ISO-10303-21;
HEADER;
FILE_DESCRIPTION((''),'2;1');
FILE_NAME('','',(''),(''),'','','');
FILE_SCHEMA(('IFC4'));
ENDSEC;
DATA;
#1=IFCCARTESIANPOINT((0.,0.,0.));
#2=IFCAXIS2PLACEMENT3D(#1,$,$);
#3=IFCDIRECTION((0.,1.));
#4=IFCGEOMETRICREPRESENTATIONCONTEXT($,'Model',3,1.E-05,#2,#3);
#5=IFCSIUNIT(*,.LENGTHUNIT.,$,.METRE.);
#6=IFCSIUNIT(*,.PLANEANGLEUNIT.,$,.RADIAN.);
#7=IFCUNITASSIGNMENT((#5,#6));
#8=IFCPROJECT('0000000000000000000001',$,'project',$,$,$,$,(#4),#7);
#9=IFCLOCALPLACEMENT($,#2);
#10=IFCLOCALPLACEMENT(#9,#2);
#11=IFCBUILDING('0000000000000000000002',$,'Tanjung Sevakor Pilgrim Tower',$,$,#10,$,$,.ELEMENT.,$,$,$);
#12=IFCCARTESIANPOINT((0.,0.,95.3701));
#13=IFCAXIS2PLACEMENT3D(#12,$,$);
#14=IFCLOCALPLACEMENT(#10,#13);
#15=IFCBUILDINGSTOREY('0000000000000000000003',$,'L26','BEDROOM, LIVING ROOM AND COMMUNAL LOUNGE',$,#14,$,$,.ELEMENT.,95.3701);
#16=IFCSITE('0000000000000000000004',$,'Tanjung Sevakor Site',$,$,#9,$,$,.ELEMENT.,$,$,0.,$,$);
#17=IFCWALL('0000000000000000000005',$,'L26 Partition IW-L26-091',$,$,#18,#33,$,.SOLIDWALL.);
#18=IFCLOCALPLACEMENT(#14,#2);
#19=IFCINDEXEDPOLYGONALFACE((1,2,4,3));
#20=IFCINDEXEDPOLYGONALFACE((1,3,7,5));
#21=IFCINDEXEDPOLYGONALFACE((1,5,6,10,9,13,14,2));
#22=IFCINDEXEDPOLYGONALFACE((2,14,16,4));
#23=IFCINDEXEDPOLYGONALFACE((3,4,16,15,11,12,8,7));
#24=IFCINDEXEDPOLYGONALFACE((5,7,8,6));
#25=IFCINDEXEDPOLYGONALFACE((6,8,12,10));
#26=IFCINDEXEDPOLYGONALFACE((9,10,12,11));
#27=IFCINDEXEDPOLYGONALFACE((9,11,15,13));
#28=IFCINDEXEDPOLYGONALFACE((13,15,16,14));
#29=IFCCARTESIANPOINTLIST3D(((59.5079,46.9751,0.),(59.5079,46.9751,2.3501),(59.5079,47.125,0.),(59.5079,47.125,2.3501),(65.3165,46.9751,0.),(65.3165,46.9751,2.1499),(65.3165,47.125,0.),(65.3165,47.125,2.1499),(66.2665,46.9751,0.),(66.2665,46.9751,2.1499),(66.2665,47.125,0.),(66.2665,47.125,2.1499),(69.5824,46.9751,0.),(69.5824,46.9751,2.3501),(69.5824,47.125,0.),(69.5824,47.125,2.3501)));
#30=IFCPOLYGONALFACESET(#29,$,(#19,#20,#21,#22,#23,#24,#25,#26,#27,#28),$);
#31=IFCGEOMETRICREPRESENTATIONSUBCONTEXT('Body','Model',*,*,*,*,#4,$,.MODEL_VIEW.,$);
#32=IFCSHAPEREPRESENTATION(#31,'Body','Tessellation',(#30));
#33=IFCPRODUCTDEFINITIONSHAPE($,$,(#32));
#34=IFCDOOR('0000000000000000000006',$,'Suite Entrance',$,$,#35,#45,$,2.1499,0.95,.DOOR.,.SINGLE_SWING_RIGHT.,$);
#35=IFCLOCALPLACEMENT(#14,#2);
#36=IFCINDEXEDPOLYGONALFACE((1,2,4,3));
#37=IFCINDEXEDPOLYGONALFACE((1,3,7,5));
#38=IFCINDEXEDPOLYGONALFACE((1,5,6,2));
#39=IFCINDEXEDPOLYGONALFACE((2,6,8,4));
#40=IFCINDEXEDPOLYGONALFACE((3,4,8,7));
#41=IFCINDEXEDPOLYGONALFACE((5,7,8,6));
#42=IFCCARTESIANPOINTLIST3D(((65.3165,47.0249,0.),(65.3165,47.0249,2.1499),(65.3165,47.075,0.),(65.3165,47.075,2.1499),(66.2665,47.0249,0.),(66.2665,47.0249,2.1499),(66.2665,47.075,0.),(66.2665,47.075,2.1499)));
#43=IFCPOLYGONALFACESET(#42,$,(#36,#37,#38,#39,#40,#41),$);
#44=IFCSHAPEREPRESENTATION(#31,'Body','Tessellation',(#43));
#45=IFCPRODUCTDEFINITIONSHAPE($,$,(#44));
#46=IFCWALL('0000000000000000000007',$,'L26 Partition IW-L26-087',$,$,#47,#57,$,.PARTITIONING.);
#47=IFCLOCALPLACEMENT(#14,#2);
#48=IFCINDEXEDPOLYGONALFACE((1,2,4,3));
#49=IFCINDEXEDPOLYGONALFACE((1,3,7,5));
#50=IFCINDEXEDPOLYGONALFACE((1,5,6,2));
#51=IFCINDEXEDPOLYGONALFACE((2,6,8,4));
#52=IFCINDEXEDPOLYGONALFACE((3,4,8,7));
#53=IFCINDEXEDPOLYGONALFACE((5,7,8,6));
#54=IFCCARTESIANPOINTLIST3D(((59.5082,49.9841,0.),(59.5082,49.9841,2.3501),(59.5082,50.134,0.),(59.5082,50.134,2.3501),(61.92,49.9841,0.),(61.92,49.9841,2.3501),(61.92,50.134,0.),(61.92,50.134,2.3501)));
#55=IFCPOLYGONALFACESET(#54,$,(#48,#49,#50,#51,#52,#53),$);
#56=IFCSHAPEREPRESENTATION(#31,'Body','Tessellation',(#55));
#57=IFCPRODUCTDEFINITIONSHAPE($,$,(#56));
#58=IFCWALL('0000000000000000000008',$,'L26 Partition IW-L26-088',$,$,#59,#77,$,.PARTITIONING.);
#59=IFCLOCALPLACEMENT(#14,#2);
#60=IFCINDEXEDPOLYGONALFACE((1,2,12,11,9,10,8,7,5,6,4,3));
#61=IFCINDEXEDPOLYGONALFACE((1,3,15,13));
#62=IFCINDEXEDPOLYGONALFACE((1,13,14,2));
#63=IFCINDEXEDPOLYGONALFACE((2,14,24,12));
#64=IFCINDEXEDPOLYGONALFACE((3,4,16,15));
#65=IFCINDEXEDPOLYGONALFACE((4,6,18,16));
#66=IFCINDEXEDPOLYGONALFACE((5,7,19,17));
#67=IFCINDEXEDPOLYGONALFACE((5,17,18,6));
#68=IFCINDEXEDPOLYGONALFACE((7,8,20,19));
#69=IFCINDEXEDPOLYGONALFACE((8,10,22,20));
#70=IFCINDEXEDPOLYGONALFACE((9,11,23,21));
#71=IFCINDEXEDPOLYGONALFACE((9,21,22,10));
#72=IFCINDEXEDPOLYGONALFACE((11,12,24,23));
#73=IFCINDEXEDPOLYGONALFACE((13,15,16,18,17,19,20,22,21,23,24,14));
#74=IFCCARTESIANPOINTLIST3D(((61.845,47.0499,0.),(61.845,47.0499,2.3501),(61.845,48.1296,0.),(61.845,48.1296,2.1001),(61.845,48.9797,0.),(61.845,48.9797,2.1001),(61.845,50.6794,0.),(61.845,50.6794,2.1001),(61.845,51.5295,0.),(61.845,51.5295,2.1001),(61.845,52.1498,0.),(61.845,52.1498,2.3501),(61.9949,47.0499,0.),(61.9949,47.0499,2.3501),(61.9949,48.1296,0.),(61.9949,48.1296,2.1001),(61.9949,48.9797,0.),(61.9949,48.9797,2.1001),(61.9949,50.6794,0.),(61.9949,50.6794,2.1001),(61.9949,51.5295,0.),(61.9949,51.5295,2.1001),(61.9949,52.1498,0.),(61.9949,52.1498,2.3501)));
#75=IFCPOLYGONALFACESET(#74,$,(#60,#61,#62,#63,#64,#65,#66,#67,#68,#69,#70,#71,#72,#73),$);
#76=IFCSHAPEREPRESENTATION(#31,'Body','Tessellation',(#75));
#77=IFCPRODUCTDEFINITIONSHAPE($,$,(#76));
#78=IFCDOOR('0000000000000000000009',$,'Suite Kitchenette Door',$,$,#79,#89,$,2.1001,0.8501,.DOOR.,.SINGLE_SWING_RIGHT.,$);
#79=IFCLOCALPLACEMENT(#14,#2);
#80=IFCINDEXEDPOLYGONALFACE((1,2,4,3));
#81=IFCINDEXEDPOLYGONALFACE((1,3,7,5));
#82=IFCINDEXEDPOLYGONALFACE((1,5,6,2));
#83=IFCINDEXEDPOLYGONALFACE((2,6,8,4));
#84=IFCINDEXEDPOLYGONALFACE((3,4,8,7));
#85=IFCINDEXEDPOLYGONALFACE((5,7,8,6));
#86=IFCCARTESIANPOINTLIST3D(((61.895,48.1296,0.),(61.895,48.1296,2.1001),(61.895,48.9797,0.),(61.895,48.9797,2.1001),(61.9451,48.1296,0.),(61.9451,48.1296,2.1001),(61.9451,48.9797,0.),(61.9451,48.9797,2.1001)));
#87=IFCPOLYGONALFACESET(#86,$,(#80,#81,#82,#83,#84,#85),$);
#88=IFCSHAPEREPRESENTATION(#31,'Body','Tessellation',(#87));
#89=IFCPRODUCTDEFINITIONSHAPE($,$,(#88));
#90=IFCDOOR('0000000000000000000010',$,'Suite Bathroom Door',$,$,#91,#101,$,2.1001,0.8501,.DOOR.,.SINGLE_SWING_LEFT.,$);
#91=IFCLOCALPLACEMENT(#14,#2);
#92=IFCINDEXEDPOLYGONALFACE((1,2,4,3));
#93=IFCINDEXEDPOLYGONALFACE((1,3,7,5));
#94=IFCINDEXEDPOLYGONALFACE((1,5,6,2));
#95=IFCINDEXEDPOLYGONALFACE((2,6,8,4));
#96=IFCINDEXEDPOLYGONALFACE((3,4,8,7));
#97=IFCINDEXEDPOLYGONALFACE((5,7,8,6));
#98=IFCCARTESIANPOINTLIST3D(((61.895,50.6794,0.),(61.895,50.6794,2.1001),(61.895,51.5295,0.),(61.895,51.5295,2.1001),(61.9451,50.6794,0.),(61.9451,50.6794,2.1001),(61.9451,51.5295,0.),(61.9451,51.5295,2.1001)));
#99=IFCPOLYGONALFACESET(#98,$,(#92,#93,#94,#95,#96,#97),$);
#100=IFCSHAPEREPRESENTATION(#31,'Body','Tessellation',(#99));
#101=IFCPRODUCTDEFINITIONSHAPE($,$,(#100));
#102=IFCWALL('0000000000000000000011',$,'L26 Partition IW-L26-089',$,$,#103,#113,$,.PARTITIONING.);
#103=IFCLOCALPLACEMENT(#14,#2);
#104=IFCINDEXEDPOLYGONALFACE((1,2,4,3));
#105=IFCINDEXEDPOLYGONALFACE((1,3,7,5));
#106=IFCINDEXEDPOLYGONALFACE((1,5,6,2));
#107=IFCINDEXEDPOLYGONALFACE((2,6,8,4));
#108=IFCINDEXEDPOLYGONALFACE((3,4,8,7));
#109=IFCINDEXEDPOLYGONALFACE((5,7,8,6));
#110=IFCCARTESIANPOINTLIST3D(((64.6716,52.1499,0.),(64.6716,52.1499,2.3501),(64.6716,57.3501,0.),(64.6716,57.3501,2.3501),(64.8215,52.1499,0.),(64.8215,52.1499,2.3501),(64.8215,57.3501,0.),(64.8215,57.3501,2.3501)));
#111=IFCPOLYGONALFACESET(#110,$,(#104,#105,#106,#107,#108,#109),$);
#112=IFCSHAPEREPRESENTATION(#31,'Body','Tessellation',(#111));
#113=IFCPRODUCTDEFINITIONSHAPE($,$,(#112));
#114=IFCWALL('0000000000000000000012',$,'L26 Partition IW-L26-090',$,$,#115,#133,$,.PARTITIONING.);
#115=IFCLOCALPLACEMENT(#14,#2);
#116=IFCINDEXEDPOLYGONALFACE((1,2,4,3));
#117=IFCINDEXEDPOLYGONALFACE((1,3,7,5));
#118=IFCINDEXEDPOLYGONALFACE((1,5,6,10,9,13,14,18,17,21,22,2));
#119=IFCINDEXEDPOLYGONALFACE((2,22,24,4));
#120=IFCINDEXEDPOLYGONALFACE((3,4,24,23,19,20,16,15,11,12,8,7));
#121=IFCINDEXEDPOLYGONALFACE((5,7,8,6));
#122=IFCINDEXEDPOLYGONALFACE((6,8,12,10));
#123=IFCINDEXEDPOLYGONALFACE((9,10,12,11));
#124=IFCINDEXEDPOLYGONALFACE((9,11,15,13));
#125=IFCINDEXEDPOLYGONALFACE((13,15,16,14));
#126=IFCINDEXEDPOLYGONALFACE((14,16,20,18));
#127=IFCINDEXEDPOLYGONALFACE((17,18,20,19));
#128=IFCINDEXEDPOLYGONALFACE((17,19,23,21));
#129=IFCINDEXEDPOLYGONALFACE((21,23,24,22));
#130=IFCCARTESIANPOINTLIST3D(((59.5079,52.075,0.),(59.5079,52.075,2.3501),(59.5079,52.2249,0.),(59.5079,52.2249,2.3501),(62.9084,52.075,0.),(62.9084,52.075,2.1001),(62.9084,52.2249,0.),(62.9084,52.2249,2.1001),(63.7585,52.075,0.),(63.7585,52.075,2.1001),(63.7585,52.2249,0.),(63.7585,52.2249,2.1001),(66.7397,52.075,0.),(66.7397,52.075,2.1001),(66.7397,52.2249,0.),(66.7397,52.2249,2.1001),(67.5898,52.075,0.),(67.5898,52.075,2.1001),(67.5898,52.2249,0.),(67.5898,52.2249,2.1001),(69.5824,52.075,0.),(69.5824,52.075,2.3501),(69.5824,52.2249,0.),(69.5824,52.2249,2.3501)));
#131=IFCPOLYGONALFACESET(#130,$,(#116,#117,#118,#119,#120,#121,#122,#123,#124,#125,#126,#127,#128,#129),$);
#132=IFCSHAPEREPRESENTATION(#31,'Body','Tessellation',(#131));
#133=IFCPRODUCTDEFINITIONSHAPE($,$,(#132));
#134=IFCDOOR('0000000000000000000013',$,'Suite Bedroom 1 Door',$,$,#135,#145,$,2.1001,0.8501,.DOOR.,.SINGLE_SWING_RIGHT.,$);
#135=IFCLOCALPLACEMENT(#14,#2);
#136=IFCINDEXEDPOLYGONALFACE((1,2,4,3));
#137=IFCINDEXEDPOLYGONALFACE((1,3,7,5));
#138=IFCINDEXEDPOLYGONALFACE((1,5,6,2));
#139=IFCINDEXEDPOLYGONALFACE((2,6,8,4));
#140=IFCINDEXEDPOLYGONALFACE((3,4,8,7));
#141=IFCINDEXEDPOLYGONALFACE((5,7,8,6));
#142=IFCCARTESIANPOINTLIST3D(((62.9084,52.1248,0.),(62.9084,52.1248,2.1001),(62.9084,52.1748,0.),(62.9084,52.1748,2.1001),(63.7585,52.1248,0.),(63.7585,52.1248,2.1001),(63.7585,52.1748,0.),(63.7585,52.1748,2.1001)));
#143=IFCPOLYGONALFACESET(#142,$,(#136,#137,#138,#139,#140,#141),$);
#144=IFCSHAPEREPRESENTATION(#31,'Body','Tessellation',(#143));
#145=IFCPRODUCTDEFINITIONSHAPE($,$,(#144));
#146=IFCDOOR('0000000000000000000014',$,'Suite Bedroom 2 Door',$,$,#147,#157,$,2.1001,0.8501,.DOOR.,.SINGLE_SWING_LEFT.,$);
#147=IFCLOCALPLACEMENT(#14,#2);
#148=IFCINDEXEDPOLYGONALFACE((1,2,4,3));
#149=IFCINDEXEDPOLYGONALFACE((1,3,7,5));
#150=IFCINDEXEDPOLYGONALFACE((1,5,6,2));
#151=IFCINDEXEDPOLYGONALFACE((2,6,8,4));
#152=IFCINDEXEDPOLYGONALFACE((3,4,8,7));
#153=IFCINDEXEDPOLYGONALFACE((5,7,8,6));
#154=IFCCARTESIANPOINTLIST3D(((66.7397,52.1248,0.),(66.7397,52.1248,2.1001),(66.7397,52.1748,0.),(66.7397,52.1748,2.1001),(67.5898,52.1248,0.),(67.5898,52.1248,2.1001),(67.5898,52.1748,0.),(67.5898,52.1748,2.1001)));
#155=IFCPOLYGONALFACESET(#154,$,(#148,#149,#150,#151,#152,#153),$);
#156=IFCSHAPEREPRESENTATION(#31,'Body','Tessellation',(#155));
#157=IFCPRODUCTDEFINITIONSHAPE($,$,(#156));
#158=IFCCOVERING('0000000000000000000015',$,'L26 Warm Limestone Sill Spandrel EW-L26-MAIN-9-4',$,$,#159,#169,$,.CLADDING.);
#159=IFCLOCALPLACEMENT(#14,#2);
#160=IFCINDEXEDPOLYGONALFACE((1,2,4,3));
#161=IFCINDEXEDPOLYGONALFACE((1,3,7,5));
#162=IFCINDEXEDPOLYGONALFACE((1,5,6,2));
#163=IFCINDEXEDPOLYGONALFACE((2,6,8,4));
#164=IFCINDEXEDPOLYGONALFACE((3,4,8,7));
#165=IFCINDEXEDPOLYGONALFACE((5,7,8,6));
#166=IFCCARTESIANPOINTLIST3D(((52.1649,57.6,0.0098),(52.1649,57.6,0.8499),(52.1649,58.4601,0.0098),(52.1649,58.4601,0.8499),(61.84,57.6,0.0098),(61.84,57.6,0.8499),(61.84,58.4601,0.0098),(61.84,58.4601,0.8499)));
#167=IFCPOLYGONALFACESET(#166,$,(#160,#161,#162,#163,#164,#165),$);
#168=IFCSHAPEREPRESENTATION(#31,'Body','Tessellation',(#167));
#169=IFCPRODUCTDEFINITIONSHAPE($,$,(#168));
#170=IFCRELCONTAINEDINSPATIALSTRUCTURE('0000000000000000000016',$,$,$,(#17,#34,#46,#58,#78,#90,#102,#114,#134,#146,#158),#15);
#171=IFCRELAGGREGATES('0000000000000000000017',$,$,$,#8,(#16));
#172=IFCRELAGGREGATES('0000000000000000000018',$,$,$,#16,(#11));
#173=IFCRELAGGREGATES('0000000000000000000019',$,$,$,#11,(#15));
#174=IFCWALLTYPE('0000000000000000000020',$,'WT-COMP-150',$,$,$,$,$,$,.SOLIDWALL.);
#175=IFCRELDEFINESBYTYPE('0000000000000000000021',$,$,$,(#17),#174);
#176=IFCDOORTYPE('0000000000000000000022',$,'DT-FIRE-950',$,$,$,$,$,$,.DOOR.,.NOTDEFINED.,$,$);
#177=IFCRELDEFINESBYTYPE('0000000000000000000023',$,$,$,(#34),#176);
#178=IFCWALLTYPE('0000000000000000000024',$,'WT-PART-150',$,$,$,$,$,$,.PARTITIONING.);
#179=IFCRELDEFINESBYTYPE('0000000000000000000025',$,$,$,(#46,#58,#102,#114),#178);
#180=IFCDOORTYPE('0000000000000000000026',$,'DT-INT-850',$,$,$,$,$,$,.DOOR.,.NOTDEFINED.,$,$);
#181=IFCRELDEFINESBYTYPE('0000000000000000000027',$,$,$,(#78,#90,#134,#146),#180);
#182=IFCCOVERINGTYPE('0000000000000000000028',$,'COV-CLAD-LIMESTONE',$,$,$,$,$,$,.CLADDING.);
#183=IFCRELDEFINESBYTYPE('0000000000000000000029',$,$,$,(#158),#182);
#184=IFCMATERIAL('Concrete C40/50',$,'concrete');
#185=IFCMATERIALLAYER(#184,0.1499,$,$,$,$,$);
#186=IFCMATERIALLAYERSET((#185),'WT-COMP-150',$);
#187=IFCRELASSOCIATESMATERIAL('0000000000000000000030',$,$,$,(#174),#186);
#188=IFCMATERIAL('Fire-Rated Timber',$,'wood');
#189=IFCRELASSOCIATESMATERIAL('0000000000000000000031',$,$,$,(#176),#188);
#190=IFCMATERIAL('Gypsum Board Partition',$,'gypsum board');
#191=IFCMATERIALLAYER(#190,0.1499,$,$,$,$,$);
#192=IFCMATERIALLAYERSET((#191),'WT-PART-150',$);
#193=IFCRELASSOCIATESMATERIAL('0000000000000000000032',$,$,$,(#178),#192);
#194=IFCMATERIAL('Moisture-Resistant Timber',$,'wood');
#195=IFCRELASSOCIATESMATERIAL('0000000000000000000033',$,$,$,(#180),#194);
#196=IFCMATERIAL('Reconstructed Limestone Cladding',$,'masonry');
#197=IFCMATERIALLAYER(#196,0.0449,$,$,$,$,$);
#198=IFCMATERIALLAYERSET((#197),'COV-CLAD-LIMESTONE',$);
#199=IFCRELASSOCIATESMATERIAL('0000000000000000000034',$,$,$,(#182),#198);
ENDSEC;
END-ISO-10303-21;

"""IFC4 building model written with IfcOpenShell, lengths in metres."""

from ifc_helpers import new_model, si_unit, direction, frame, frame_2d, origin, origin_2d, place, context, subcontext, project, spatial, rectangle, extrude, material, layer, layer_set, type_object, element, fill, save


model = new_model("IFC4")

# Units and contexts
model_context = context("Model", 3, precision=1e-05, world=origin(), true_north=direction((0.0, 1.0)))
body_context = subcontext(model_context, "Body", "Model", "MODEL_VIEW")
ifc_project = project(units=[si_unit("LENGTHUNIT", "METRE"), si_unit("PLANEANGLEUNIT", "RADIAN")], contexts=[model_context])

# Site, building, storey
site_placement = place(None, origin())
site = spatial("IfcSite", under=ifc_project, at=site_placement, Name="Tanjung Sevakor Site", CompositionType="ELEMENT", RefElevation=0.0)
building_placement = place(site_placement, origin())
building = spatial("IfcBuilding", under=site, at=building_placement, Name="Tanjung Sevakor Pilgrim Tower", CompositionType="ELEMENT")
storey_placement = place(building_placement, frame((0.0, 0.0, 95.3701)))
storey = spatial("IfcBuildingStorey", under=building, at=storey_placement, Name="L26", Description="BEDROOM, LIVING ROOM AND COMMUNAL LOUNGE", CompositionType="ELEMENT", Elevation=95.3701)

# Shared definitions
ifc_material_1 = material(Name="Concrete C40/50", Category="concrete")
ifc_layer_1 = layer(ifc_material_1, 0.1499)
ifc_layer_set_1 = layer_set([ifc_layer_1], Name="WT-COMP-150")
wall_type_1 = type_object("IfcWallType", Name="WT-COMP-150", PredefinedType="SOLIDWALL", material=ifc_layer_set_1)

# Wall, opening, door
wall_1_placement = place(storey_placement, frame((59.5081, 47.05, 0.0), z_axis=(0.0, 0.0, 1.0), x_axis=(1.0, 0.0, 0.0)))
wall_1 = element("IfcWall", 1, at=wall_1_placement, inside=storey, type_object=wall_type_1, Name="L26 Partition IW-L26-091", PredefinedType="SOLIDWALL", context=body_context, shape_type="SweptSolid", body=[
    extrude(rectangle(XDim=10.0745, YDim=0.1499, at=frame_2d((5.0371, 0.0))), origin(), (0.0, 0.0, 1.0), 2.3501),
])
opening_1_placement = place(wall_1_placement, frame((5.8083, 0.0, 0.0)))
opening_1 = element("IfcOpeningElement", 2, at=opening_1_placement, cuts=wall_1, PredefinedType="OPENING", context=body_context, shape_type="SweptSolid", body=[
    extrude(rectangle(XDim=0.95, YDim=2.1499, at=frame_2d((0.4751, 1.075))), frame((0.0, 0.085, 0.0), z_axis=(0.0, -1.0, 0.0), x_axis=(1.0, 0.0, 0.0)), (0.0, 0.0, 1.0), 0.1699),
])
ifc_material_2 = material(Name="Fire-Rated Timber", Category="wood")
door_type_1 = type_object("IfcDoorType", Name="DT-FIRE-950", OperationType="NOTDEFINED", PredefinedType="DOOR", material=ifc_material_2)
door_1_placement = place(opening_1_placement, origin())
door_1 = element("IfcDoor", 3, at=door_1_placement, inside=storey, type_object=door_type_1, Name="Suite Entrance", OperationType="SINGLE_SWING_RIGHT", OverallHeight=2.1499, OverallWidth=0.95, PredefinedType="DOOR", context=body_context, shape_type="SweptSolid", body=[
    extrude(rectangle(XDim=0.95, YDim=2.1499, at=frame_2d((0.4751, 1.075))), frame((0.0, 0.0249, 0.0), z_axis=(0.0, -1.0, 0.0), x_axis=(1.0, 0.0, 0.0)), (0.0, 0.0, 1.0), 0.05),
])
fill(opening_1, door_1)

# Wall
ifc_material_3 = material(Name="Gypsum Board Partition", Category="gypsum board")
ifc_layer_2 = layer(ifc_material_3, 0.1499)
ifc_layer_set_2 = layer_set([ifc_layer_2], Name="WT-PART-150")
wall_type_2 = type_object("IfcWallType", Name="WT-PART-150", PredefinedType="PARTITIONING", material=ifc_layer_set_2)
wall_2_placement = place(storey_placement, frame((59.5081, 50.0591, 0.0), z_axis=(0.0, 0.0, 1.0), x_axis=(1.0, 0.0, 0.0)))
element("IfcWall", 4, at=wall_2_placement, inside=storey, type_object=wall_type_2, Name="L26 Partition IW-L26-087", PredefinedType="PARTITIONING", context=body_context, shape_type="SweptSolid", body=[
    extrude(rectangle(XDim=2.4119, YDim=0.1499, at=frame_2d((1.2061, 0.0))), origin(), (0.0, 0.0, 1.0), 2.3501),
])

# Wall, openings, doors
wall_3_placement = place(storey_placement, frame((61.9199, 47.05, 0.0), z_axis=(0.0, 0.0, 1.0), x_axis=(0.0, 1.0, 0.0)))
wall_3 = element("IfcWall", 5, at=wall_3_placement, inside=storey, type_object=wall_type_2, Name="L26 Partition IW-L26-088", PredefinedType="PARTITIONING", context=body_context, shape_type="SweptSolid", body=[
    extrude(rectangle(XDim=5.0999, YDim=0.1499, at=frame_2d((2.5498, 0.0))), origin(), (0.0, 0.0, 1.0), 2.3501),
])
opening_2_placement = place(wall_3_placement, frame((1.0796, 0.0, 0.0)))
opening_2 = element("IfcOpeningElement", 6, at=opening_2_placement, cuts=wall_3, PredefinedType="OPENING", context=body_context, shape_type="SweptSolid", body=[
    extrude(rectangle(XDim=0.8501, YDim=2.1001, at=frame_2d((0.425, 1.05))), frame((0.0, 0.085, 0.0), z_axis=(0.0, -1.0, 0.0), x_axis=(1.0, 0.0, 0.0)), (0.0, 0.0, 1.0), 0.1699),
])
opening_3_placement = place(wall_3_placement, frame((3.6294, 0.0, 0.0)))
opening_3 = element("IfcOpeningElement", 7, at=opening_3_placement, cuts=wall_3, PredefinedType="OPENING", context=body_context, shape_type="SweptSolid", body=[
    extrude(rectangle(XDim=0.8501, YDim=2.1001, at=frame_2d((0.425, 1.05))), frame((0.0, 0.085, 0.0), z_axis=(0.0, -1.0, 0.0), x_axis=(1.0, 0.0, 0.0)), (0.0, 0.0, 1.0), 0.1699),
])
ifc_material_4 = material(Name="Moisture-Resistant Timber", Category="wood")
door_type_2 = type_object("IfcDoorType", Name="DT-INT-850", OperationType="NOTDEFINED", PredefinedType="DOOR", material=ifc_material_4)
door_2_placement = place(opening_2_placement, origin())
door_2 = element("IfcDoor", 8, at=door_2_placement, inside=storey, type_object=door_type_2, Name="Suite Kitchenette Door", OperationType="SINGLE_SWING_RIGHT", OverallHeight=2.1001, OverallWidth=0.8501, PredefinedType="DOOR", context=body_context, shape_type="SweptSolid", body=[
    extrude(rectangle(XDim=0.8501, YDim=2.1001, at=frame_2d((0.425, 1.05))), frame((0.0, 0.0249, 0.0), z_axis=(0.0, -1.0, 0.0), x_axis=(1.0, 0.0, 0.0)), (0.0, 0.0, 1.0), 0.05),
])
fill(opening_2, door_2)
door_3_placement = place(opening_3_placement, origin())
door_3 = element("IfcDoor", 9, at=door_3_placement, inside=storey, type_object=door_type_2, Name="Suite Bathroom Door", OperationType="SINGLE_SWING_LEFT", OverallHeight=2.1001, OverallWidth=0.8501, PredefinedType="DOOR", context=body_context, shape_type="SweptSolid", body=[
    extrude(rectangle(XDim=0.8501, YDim=2.1001, at=frame_2d((0.425, 1.05))), frame((0.0, 0.0249, 0.0), z_axis=(0.0, -1.0, 0.0), x_axis=(1.0, 0.0, 0.0)), (0.0, 0.0, 1.0), 0.05),
])
fill(opening_3, door_3)

# Wall
wall_4_placement = place(storey_placement, frame((64.7466, 52.1499, 0.0), z_axis=(0.0, 0.0, 1.0), x_axis=(0.0, 1.0, 0.0)))
element("IfcWall", 10, at=wall_4_placement, inside=storey, type_object=wall_type_2, Name="L26 Partition IW-L26-089", PredefinedType="PARTITIONING", context=body_context, shape_type="SweptSolid", body=[
    extrude(rectangle(XDim=5.2002, YDim=0.1499, at=frame_2d((2.6001, 0.0))), origin(), (0.0, 0.0, 1.0), 2.3501),
])

# Wall, openings, doors
wall_5_placement = place(storey_placement, frame((59.5081, 52.1499, 0.0), z_axis=(0.0, 0.0, 1.0), x_axis=(1.0, 0.0, 0.0)))
wall_5 = element("IfcWall", 11, at=wall_5_placement, inside=storey, type_object=wall_type_2, Name="L26 Partition IW-L26-090", PredefinedType="PARTITIONING", context=body_context, shape_type="SweptSolid", body=[
    extrude(rectangle(XDim=10.0745, YDim=0.1499, at=frame_2d((5.0371, 0.0))), origin(), (0.0, 0.0, 1.0), 2.3501),
])
opening_4_placement = place(wall_5_placement, frame((3.4004, 0.0, 0.0)))
opening_4 = element("IfcOpeningElement", 12, at=opening_4_placement, cuts=wall_5, PredefinedType="OPENING", context=body_context, shape_type="SweptSolid", body=[
    extrude(rectangle(XDim=0.8501, YDim=2.1001, at=frame_2d((0.425, 1.05))), frame((0.0, 0.085, 0.0), z_axis=(0.0, -1.0, 0.0), x_axis=(1.0, 0.0, 0.0)), (0.0, 0.0, 1.0), 0.1699),
])
opening_5_placement = place(wall_5_placement, frame((7.2317, 0.0, 0.0)))
opening_5 = element("IfcOpeningElement", 13, at=opening_5_placement, cuts=wall_5, PredefinedType="OPENING", context=body_context, shape_type="SweptSolid", body=[
    extrude(rectangle(XDim=0.8501, YDim=2.1001, at=frame_2d((0.425, 1.05))), frame((0.0, 0.085, 0.0), z_axis=(0.0, -1.0, 0.0), x_axis=(1.0, 0.0, 0.0)), (0.0, 0.0, 1.0), 0.1699),
])
door_4_placement = place(opening_4_placement, origin())
door_4 = element("IfcDoor", 14, at=door_4_placement, inside=storey, type_object=door_type_2, Name="Suite Bedroom 1 Door", OperationType="SINGLE_SWING_RIGHT", OverallHeight=2.1001, OverallWidth=0.8501, PredefinedType="DOOR", context=body_context, shape_type="SweptSolid", body=[
    extrude(rectangle(XDim=0.8501, YDim=2.1001, at=frame_2d((0.425, 1.05))), frame((0.0, 0.0249, 0.0), z_axis=(0.0, -1.0, 0.0), x_axis=(1.0, 0.0, 0.0)), (0.0, 0.0, 1.0), 0.05),
])
fill(opening_4, door_4)
door_5_placement = place(opening_5_placement, origin())
door_5 = element("IfcDoor", 15, at=door_5_placement, inside=storey, type_object=door_type_2, Name="Suite Bedroom 2 Door", OperationType="SINGLE_SWING_LEFT", OverallHeight=2.1001, OverallWidth=0.8501, PredefinedType="DOOR", context=body_context, shape_type="SweptSolid", body=[
    extrude(rectangle(XDim=0.8501, YDim=2.1001, at=frame_2d((0.425, 1.05))), frame((0.0, 0.0249, 0.0), z_axis=(0.0, -1.0, 0.0), x_axis=(1.0, 0.0, 0.0)), (0.0, 0.0, 1.0), 0.05),
])
fill(opening_5, door_5)

# Covering
ifc_material_5 = material(Name="Reconstructed Limestone Cladding", Category="masonry")
ifc_layer_3 = layer(ifc_material_5, 0.0449)
ifc_layer_set_3 = layer_set([ifc_layer_3], Name="COV-CLAD-LIMESTONE")
covering_type = type_object("IfcCoveringType", Name="COV-CLAD-LIMESTONE", PredefinedType="CLADDING", material=ifc_layer_set_3)
covering_placement = place(storey_placement, frame((57.0024, 58.03, 0.0098), z_axis=(0.0, 0.0, 1.0), x_axis=(-1.0, 0.0, 0.0)))
element("IfcCovering", 16, at=covering_placement, inside=storey, type_object=covering_type, Name="L26 Warm Limestone Sill Spandrel EW-L26-MAIN-9-4", PredefinedType="CLADDING", context=body_context, shape_type="SweptSolid", body=[
    extrude(rectangle(XDim=9.675, YDim=0.8601, at=origin_2d()), origin(), (0.0, 0.0, 1.0), 0.8401),
])

save(model, "model.ifc")
